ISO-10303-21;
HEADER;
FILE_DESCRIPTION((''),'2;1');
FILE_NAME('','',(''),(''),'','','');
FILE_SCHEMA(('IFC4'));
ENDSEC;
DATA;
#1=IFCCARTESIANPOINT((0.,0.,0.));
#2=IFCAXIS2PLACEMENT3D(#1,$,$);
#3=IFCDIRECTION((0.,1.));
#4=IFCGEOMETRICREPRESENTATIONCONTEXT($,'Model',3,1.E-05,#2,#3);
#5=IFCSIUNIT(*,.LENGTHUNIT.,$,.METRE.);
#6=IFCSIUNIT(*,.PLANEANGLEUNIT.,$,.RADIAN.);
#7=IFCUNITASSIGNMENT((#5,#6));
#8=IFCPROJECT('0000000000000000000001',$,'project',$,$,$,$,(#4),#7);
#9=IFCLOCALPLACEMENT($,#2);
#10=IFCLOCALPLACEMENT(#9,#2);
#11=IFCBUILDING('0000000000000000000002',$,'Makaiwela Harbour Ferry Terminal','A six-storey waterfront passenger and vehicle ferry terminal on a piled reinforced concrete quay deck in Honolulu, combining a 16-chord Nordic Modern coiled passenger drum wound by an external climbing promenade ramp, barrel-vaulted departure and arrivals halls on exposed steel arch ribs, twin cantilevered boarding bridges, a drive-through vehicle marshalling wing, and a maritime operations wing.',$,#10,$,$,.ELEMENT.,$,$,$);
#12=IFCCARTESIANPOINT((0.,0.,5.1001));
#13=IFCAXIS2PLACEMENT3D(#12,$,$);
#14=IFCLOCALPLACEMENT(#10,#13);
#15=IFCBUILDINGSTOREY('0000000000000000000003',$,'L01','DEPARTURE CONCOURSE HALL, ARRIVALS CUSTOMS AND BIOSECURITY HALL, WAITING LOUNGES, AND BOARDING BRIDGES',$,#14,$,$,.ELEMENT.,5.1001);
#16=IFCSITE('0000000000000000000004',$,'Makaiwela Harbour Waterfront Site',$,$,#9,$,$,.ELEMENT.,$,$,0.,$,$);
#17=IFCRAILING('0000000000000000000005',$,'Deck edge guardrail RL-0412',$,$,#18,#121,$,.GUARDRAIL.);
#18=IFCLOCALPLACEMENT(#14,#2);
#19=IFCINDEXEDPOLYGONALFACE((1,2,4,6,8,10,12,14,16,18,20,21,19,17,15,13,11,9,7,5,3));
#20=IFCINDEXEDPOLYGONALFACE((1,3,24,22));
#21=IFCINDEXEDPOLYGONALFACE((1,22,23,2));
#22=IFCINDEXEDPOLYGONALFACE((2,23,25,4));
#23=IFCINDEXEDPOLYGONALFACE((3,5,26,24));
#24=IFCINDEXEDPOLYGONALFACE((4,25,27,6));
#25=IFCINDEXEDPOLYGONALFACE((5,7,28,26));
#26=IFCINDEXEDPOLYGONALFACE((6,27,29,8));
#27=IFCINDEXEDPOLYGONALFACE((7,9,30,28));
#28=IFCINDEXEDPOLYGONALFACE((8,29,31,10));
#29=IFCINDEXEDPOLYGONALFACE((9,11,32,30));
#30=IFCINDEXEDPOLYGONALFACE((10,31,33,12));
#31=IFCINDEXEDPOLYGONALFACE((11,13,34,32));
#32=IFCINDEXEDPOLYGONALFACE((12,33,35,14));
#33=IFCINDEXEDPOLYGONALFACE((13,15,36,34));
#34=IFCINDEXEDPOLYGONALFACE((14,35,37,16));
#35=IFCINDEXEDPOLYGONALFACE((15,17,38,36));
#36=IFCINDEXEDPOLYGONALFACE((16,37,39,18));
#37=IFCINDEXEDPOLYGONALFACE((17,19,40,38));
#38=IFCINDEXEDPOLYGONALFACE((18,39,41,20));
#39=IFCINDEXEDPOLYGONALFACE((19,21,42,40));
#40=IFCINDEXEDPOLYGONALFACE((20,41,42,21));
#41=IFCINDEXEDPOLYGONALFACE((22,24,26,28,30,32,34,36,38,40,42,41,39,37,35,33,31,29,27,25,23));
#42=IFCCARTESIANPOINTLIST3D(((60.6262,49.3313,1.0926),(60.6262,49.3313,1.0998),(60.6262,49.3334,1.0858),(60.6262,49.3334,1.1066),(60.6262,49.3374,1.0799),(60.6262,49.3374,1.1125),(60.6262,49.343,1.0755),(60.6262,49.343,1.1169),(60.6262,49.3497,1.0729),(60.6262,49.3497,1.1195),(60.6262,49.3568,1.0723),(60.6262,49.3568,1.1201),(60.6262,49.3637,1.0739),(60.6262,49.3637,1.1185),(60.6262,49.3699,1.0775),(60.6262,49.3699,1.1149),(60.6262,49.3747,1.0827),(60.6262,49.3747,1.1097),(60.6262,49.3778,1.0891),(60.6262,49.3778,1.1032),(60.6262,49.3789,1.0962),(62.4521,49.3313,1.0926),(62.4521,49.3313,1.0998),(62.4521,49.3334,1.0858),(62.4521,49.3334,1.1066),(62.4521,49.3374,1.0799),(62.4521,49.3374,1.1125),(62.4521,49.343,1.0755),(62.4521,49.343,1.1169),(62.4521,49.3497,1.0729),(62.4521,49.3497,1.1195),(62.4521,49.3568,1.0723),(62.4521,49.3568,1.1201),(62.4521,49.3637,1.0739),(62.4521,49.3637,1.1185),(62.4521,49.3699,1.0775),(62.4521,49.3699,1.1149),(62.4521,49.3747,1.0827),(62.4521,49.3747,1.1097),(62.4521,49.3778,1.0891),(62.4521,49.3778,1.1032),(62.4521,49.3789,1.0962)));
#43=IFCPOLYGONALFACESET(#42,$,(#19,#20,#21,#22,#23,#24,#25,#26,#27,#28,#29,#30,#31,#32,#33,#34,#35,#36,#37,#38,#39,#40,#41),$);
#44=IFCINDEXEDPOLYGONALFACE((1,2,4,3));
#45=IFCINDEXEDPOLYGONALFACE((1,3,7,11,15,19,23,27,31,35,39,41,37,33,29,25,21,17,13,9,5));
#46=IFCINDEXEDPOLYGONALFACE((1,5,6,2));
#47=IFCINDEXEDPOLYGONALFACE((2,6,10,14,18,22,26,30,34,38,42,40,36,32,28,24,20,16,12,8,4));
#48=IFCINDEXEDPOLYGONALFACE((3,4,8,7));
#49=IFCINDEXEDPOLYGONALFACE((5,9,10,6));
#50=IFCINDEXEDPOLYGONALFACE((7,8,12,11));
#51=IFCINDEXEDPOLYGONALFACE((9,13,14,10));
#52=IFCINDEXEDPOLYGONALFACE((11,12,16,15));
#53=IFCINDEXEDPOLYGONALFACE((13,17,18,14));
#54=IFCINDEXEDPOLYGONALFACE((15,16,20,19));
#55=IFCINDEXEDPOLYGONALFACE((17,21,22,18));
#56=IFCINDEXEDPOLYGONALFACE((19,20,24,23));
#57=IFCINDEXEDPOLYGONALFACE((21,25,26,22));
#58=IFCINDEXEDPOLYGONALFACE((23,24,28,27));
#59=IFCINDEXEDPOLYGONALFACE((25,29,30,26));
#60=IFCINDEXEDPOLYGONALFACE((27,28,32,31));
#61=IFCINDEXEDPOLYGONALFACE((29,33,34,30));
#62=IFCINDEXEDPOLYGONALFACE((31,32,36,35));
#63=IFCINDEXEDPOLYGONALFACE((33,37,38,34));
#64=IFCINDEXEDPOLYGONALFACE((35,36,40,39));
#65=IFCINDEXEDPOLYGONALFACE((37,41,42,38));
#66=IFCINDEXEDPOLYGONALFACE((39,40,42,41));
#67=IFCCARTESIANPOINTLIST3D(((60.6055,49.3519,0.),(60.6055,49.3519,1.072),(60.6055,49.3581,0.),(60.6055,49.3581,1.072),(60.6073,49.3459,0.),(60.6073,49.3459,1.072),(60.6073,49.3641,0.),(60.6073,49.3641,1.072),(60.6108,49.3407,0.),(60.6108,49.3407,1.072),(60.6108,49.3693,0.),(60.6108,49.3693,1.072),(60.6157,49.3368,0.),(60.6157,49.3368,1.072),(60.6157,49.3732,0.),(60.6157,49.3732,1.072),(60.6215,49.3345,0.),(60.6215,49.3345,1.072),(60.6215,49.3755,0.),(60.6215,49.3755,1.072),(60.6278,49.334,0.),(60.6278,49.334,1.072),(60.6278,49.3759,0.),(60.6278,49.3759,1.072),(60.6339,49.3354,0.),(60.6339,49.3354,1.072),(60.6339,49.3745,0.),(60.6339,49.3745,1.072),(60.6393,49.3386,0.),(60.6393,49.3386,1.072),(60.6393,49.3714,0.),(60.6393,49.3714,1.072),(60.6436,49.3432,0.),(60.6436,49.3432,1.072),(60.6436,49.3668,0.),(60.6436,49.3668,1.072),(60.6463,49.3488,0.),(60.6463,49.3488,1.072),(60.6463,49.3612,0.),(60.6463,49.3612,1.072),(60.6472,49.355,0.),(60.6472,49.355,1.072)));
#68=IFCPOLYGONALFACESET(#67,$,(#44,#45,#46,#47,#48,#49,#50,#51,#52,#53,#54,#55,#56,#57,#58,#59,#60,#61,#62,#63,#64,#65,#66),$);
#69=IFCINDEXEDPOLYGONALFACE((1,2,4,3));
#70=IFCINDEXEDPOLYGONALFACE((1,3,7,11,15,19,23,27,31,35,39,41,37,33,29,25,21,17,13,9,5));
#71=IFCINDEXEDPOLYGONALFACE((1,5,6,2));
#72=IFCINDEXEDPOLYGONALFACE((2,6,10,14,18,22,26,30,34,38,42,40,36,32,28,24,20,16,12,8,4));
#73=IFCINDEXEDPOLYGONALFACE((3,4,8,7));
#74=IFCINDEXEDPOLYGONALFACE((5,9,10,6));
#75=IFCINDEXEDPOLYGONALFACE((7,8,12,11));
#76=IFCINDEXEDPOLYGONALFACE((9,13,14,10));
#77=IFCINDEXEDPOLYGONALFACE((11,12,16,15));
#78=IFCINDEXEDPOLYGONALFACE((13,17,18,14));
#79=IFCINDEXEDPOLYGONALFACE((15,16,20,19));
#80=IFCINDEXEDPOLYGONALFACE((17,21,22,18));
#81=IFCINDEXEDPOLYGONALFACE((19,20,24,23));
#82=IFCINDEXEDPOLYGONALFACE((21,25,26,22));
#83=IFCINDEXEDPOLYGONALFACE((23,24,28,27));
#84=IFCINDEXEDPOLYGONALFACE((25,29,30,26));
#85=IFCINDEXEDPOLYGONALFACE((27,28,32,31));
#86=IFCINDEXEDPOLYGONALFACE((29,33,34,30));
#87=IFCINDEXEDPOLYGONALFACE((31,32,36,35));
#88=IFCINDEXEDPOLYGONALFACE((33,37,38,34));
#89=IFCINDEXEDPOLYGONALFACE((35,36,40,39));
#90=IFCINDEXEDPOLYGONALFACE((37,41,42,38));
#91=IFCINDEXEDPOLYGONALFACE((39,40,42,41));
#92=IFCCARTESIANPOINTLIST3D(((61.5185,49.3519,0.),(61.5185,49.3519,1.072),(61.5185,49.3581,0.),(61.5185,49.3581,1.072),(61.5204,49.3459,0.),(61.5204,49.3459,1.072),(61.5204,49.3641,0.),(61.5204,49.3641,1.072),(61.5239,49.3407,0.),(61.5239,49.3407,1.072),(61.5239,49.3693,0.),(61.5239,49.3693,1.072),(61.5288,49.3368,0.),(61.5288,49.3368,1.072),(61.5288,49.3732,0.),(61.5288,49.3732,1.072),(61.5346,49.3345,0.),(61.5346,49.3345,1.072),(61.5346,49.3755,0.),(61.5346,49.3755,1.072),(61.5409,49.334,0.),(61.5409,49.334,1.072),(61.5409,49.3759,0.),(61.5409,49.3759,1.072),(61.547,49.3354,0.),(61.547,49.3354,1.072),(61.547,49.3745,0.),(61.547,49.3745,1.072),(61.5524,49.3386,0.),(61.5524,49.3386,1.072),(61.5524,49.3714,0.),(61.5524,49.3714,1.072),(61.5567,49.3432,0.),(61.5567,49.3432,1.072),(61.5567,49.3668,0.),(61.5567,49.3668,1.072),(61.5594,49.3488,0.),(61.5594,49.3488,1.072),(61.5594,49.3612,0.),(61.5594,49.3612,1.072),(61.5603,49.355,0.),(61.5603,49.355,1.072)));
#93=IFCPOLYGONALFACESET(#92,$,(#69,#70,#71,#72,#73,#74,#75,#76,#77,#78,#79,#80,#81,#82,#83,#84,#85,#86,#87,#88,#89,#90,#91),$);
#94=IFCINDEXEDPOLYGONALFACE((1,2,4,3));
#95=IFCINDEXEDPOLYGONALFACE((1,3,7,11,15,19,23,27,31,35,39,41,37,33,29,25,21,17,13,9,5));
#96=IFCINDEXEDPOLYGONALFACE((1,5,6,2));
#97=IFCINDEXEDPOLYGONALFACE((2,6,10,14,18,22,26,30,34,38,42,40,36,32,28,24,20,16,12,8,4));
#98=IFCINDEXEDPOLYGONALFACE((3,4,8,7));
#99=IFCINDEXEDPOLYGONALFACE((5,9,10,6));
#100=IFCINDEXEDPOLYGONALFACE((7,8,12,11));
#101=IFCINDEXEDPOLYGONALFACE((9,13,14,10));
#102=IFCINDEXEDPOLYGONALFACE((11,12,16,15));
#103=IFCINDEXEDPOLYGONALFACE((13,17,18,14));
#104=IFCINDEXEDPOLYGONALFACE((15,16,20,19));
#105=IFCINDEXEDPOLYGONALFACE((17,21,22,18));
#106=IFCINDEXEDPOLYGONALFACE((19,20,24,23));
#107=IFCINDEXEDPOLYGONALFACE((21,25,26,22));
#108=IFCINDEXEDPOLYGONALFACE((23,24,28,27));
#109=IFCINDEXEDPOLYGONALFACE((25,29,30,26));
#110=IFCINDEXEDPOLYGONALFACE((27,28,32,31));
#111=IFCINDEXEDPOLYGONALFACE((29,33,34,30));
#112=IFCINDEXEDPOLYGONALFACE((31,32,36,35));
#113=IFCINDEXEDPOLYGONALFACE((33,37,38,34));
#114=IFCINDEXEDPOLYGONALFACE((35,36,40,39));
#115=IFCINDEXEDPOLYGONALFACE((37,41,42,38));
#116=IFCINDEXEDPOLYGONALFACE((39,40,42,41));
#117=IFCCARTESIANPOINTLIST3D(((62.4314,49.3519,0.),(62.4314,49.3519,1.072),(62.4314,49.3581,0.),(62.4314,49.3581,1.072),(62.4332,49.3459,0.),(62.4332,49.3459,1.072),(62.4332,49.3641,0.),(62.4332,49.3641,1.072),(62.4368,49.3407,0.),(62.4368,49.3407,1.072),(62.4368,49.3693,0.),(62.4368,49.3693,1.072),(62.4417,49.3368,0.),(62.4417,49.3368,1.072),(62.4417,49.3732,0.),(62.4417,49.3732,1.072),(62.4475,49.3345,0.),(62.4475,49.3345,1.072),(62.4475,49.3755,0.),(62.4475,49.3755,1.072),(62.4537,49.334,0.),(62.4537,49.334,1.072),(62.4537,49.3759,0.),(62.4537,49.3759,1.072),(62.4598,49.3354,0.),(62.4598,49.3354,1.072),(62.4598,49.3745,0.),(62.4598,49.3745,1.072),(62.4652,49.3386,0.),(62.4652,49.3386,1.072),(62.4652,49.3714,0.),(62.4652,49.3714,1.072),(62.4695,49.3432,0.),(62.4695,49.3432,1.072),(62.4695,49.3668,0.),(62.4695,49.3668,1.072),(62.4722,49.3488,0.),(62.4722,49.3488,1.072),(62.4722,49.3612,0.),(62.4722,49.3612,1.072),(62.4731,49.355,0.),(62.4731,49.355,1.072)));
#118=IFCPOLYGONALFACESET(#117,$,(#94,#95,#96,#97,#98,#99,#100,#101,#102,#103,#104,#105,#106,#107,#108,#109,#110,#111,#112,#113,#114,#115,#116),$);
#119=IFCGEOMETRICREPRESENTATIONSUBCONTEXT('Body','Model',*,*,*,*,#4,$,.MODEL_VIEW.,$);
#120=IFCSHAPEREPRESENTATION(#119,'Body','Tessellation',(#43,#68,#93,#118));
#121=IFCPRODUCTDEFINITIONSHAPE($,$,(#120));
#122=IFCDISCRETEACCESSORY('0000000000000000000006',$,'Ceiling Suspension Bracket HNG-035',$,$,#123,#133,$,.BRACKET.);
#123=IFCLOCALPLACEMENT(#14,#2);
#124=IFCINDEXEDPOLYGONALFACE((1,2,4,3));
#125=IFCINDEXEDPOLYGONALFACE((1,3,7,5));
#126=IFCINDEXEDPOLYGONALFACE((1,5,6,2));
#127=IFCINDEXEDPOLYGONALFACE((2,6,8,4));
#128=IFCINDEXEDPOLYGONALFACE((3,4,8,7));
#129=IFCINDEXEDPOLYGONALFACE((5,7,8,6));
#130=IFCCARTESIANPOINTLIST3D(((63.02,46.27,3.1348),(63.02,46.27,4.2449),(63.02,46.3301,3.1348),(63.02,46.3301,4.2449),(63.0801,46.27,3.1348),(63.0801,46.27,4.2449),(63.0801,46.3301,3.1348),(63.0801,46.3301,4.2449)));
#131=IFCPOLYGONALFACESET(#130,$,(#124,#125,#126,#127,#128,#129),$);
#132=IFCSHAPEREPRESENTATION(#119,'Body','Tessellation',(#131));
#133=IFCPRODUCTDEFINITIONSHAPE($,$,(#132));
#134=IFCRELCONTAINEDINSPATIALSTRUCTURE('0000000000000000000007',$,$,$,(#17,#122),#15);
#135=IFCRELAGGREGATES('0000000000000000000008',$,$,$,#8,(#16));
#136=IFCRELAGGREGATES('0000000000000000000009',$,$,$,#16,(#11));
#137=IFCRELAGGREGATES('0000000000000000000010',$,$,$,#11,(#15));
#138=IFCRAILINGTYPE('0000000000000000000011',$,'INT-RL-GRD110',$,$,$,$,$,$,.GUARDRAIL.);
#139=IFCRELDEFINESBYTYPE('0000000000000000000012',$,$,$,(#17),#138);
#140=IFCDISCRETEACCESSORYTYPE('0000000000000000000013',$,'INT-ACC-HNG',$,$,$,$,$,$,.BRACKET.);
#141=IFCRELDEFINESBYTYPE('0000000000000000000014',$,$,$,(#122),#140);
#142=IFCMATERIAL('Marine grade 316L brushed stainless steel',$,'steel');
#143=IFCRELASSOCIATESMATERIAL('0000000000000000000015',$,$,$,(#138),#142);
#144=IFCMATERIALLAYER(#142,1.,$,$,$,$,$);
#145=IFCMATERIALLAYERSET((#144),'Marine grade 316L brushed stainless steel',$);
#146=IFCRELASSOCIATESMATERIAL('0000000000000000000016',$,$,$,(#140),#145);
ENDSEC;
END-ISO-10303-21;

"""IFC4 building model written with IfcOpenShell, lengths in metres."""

from ifc_helpers import new_model, si_unit, direction, frame, origin, origin_2d, place, context, subcontext, project, spatial, rectangle, circle, extrude, material, layer, layer_set, type_object, element, save


model = new_model("IFC4")

# Units and contexts
model_context = context("Model", 3, precision=1e-05, world=origin(), true_north=direction((0.0, 1.0)))
body_context = subcontext(model_context, "Body", "Model", "MODEL_VIEW")
ifc_project = project(units=[si_unit("LENGTHUNIT", "METRE"), si_unit("PLANEANGLEUNIT", "RADIAN")], contexts=[model_context])

# Site, building, storey
site_placement = place(None, origin())
site = spatial("IfcSite", under=ifc_project, at=site_placement, Name="Makaiwela Harbour Waterfront Site", CompositionType="ELEMENT", RefElevation=0.0)
building_placement = place(site_placement, origin())
building = spatial("IfcBuilding", under=site, at=building_placement, Name="Makaiwela Harbour Ferry Terminal", Description="A six-storey waterfront passenger and vehicle ferry terminal on a piled reinforced concrete quay deck in Honolulu, combining a 16-chord Nordic Modern coiled passenger drum wound by an external climbing promenade ramp, barrel-vaulted departure and arrivals halls on exposed steel arch ribs, twin cantilevered boarding bridges, a drive-through vehicle marshalling wing, and a maritime operations wing.", CompositionType="ELEMENT")
storey_placement = place(building_placement, frame((0.0, 0.0, 5.1001)))
storey = spatial("IfcBuildingStorey", under=building, at=storey_placement, Name="L01", Description="DEPARTURE CONCOURSE HALL, ARRIVALS CUSTOMS AND BIOSECURITY HALL, WAITING LOUNGES, AND BOARDING BRIDGES", CompositionType="ELEMENT", Elevation=5.1001)

# Railing
ifc_material_1 = material(Name="Marine grade 316L brushed stainless steel", Category="steel")
railing_type = type_object("IfcRailingType", Name="INT-RL-GRD110", PredefinedType="GUARDRAIL", material=ifc_material_1)
railing_1_placement = place(storey_placement, frame((60.6262, 49.355, 0.0)))
element("IfcRailing", 1, at=railing_1_placement, inside=storey, type_object=railing_type, Name="Deck edge guardrail RL-0412", PredefinedType="GUARDRAIL", context=body_context, shape_type="SweptSolid", body=[
    extrude(circle(Radius=0.0239, at=origin_2d()), frame((0.0, 0.0, 1.0962), z_axis=(1.0, 0.0, 0.0), x_axis=(0.0, 1.0, 0.0)), (0.0, 0.0, 1.0), 1.8259),
    extrude(circle(Radius=0.021, at=origin_2d()), origin(), (0.0, 0.0, 1.0), 1.072),
    extrude(circle(Radius=0.021, at=origin_2d()), frame((0.9131, 0.0, 0.0)), (0.0, 0.0, 1.0), 1.072),
    extrude(circle(Radius=0.021, at=origin_2d()), frame((1.8259, 0.0, 0.0)), (0.0, 0.0, 1.0), 1.072),
])

# Discrete accessory
ifc_layer_1 = layer(ifc_material_1, 1.0)
ifc_layer_set_1 = layer_set([ifc_layer_1], Name="Marine grade 316L brushed stainless steel")
discrete_accessory_type = type_object("IfcDiscreteAccessoryType", Name="INT-ACC-HNG", PredefinedType="BRACKET", material=ifc_layer_set_1)
discrete_accessory_placement = place(storey_placement, frame((63.05, 46.3, 3.1348), z_axis=(0.0, 0.0, 1.0), x_axis=(1.0, 0.0, 0.0)))
element("IfcDiscreteAccessory", 2, at=discrete_accessory_placement, inside=storey, type_object=discrete_accessory_type, Name="Ceiling Suspension Bracket HNG-035", PredefinedType="BRACKET", context=body_context, shape_type="SweptSolid", body=[
    extrude(rectangle(XDim=0.0601, YDim=0.0601, at=origin_2d()), origin(), (0.0, 0.0, 1.0), 1.1101),
])

save(model, "model.ifc")
